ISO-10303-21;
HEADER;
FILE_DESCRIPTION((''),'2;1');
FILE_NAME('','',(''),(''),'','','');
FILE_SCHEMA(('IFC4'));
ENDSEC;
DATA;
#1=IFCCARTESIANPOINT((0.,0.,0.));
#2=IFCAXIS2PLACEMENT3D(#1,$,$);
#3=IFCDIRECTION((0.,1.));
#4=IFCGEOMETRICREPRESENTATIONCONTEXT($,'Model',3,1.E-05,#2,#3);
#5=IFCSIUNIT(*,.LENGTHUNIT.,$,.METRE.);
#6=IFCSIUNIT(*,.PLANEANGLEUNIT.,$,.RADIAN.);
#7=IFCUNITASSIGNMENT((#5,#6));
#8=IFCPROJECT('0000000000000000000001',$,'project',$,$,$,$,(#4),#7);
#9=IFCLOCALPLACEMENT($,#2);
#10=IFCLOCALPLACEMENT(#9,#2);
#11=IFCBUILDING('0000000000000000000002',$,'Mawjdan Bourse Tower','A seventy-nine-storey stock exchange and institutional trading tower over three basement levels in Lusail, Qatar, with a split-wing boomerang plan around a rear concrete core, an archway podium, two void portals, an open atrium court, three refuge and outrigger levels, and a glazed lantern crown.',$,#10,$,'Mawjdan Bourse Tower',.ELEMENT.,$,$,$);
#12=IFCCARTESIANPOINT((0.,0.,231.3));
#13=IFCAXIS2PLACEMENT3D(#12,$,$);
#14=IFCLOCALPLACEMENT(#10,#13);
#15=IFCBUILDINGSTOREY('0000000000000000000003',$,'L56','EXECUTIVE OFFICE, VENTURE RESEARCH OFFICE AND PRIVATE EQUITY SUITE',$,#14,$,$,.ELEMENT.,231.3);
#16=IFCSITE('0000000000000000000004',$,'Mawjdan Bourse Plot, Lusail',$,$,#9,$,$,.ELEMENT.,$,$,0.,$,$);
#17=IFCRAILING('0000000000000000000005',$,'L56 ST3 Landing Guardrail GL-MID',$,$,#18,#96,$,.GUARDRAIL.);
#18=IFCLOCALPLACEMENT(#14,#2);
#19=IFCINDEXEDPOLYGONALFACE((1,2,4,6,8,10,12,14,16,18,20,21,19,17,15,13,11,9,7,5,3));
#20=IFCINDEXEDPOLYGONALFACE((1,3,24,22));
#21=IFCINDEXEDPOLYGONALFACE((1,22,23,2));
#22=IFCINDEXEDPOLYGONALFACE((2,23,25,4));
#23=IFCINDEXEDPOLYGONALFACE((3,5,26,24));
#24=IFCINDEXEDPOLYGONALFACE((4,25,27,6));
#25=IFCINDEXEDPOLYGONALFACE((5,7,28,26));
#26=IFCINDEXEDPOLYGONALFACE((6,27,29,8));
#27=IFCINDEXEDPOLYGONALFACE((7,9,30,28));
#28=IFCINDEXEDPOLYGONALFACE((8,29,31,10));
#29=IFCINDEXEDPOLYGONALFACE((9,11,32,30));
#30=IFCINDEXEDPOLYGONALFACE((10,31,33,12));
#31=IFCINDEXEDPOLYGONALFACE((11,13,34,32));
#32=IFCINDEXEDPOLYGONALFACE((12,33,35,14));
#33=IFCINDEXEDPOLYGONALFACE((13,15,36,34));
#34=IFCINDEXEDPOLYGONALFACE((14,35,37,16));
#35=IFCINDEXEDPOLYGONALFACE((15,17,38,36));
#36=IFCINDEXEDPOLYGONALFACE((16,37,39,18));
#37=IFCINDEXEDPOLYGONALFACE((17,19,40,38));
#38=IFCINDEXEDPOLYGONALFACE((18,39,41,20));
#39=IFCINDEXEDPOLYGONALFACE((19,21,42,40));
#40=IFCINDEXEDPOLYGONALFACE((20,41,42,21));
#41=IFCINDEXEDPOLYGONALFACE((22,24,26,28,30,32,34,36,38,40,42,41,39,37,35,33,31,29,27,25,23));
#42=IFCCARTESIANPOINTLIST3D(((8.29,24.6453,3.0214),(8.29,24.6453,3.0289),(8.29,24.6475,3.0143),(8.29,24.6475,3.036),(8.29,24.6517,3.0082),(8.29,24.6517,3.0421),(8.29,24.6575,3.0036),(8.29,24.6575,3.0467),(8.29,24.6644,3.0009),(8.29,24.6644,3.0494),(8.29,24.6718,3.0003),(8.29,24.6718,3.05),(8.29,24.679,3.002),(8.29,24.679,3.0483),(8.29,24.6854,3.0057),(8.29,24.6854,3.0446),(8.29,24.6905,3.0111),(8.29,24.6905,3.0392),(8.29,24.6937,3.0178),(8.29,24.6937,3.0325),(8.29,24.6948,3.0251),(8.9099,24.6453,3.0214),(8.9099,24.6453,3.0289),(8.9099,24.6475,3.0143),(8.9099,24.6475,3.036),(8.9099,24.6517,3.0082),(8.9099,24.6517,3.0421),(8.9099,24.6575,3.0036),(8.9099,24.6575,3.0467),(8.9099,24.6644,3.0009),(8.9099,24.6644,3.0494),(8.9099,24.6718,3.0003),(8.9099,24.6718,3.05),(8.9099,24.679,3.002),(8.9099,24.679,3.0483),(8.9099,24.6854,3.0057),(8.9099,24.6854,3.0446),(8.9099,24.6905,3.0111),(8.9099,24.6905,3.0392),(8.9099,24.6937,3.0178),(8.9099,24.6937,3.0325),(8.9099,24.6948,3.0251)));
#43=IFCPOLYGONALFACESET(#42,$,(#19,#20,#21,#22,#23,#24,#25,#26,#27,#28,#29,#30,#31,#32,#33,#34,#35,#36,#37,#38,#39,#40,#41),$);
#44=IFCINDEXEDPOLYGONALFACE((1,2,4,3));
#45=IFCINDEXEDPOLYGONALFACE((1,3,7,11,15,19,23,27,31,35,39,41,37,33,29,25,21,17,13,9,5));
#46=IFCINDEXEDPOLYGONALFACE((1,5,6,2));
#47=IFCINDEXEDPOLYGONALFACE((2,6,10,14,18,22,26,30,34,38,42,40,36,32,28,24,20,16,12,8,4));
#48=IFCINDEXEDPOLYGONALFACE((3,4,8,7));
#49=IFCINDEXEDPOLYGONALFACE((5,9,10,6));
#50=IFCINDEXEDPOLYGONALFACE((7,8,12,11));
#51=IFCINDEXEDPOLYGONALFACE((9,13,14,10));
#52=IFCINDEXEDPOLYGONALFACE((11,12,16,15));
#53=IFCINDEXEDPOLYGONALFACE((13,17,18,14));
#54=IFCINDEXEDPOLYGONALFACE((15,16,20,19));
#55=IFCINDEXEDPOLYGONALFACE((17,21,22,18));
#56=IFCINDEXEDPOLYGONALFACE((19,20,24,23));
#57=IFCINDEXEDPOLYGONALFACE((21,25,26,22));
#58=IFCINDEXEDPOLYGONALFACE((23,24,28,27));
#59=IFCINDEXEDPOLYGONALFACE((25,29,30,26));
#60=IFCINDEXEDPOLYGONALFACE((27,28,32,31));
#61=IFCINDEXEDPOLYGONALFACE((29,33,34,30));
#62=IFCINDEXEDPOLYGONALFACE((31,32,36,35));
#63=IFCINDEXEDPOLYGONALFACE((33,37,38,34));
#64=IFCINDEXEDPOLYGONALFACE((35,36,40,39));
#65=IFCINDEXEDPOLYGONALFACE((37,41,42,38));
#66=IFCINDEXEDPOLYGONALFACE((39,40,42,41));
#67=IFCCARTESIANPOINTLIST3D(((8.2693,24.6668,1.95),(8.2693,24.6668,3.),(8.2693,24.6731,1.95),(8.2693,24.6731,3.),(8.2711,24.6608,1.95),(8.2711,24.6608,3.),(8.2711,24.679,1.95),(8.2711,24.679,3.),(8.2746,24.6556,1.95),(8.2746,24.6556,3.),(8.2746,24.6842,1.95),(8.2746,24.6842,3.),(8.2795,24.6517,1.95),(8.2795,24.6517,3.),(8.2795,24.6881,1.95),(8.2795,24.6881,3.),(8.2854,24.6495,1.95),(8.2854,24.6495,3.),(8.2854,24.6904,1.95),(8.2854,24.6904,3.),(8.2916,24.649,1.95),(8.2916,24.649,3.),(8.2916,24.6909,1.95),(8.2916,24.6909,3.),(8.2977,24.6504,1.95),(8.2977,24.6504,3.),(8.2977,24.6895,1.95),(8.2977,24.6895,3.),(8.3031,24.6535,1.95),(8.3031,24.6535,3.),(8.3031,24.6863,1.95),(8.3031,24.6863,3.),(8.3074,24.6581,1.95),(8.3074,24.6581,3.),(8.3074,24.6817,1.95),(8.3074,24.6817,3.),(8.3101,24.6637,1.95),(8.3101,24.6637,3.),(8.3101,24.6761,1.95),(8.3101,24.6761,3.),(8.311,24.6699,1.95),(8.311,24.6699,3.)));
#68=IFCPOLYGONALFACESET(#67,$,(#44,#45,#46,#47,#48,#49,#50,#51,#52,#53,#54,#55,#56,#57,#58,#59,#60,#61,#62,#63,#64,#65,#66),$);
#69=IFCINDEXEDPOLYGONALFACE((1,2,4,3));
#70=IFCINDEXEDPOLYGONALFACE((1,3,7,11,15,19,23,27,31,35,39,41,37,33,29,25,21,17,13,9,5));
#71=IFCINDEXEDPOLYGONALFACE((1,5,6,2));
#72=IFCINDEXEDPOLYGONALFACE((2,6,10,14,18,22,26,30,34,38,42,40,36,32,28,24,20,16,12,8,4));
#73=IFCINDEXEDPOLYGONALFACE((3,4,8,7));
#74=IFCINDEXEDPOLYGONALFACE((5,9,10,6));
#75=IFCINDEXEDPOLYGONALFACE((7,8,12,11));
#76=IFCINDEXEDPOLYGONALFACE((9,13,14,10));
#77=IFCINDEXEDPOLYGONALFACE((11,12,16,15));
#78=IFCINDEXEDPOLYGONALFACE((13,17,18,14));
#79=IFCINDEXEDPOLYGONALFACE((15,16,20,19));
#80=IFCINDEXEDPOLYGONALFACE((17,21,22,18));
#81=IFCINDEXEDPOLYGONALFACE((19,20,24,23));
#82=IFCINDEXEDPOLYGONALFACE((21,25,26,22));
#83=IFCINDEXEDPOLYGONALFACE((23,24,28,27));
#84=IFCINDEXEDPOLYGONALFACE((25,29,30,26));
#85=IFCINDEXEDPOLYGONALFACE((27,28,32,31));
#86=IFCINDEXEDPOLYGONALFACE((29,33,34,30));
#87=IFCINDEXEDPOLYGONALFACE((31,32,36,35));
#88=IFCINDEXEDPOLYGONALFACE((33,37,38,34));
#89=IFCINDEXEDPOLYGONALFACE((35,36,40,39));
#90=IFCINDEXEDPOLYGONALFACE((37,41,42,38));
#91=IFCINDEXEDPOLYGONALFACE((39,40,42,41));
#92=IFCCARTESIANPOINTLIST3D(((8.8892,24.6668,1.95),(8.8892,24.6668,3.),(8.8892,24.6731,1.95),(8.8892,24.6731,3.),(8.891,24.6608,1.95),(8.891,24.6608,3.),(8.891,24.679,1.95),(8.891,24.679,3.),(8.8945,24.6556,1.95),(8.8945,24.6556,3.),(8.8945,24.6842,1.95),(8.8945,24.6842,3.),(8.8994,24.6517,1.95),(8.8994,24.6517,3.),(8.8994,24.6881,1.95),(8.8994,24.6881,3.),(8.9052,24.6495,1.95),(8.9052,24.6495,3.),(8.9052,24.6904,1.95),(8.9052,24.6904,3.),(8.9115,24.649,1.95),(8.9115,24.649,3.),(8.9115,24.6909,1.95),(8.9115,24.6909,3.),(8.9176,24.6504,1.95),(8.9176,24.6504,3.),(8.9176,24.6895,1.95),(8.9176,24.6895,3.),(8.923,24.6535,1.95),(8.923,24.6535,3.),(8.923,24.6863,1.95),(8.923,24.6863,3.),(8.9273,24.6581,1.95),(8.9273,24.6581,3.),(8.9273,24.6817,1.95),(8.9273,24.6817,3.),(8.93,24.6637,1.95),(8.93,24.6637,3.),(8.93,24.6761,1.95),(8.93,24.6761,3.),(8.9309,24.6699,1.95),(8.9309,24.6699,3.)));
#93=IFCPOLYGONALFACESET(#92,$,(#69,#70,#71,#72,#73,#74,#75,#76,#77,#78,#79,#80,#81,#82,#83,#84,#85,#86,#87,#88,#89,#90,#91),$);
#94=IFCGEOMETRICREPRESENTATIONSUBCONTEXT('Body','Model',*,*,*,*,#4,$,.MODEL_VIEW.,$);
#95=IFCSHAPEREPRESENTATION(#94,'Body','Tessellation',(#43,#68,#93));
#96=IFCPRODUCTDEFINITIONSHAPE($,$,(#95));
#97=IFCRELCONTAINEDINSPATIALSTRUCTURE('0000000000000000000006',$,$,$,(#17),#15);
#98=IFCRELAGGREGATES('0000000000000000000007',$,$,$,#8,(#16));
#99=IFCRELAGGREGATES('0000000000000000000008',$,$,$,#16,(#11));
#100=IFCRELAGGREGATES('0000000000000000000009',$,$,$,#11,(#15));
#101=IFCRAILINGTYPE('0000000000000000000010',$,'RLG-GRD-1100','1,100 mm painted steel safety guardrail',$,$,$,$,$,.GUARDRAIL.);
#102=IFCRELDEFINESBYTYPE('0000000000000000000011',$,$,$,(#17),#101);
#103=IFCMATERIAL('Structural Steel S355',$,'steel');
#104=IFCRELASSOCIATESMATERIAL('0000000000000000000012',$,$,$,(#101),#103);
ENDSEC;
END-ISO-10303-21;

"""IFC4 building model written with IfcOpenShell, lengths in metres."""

from ifc_helpers import new_model, si_unit, direction, frame, origin, origin_2d, place, context, subcontext, project, spatial, circle, extrude, material, type_object, element, save


model = new_model("IFC4")

# Units and contexts
model_context = context("Model", 3, precision=1e-05, world=origin(), true_north=direction((0.0, 1.0)))
body_context = subcontext(model_context, "Body", "Model", "MODEL_VIEW")
ifc_project = project(units=[si_unit("LENGTHUNIT", "METRE"), si_unit("PLANEANGLEUNIT", "RADIAN")], contexts=[model_context])

# Site, building, storey
site_placement = place(None, origin())
site = spatial("IfcSite", under=ifc_project, at=site_placement, Name="Mawjdan Bourse Plot, Lusail", CompositionType="ELEMENT", RefElevation=0.0)
building_placement = place(site_placement, origin())
building = spatial("IfcBuilding", under=site, at=building_placement, Name="Mawjdan Bourse Tower", Description="A seventy-nine-storey stock exchange and institutional trading tower over three basement levels in Lusail, Qatar, with a split-wing boomerang plan around a rear concrete core, an archway podium, two void portals, an open atrium court, three refuge and outrigger levels, and a glazed lantern crown.", LongName="Mawjdan Bourse Tower", CompositionType="ELEMENT")
storey_placement = place(building_placement, frame((0.0, 0.0, 231.3)))
storey = spatial("IfcBuildingStorey", under=building, at=storey_placement, Name="L56", Description="EXECUTIVE OFFICE, VENTURE RESEARCH OFFICE AND PRIVATE EQUITY SUITE", CompositionType="ELEMENT", Elevation=231.3)

# Shared definitions
ifc_material_1 = material(Name="Structural Steel S355", Category="steel")

# Railing
railing_type_1 = type_object("IfcRailingType", Name="RLG-GRD-1100", Description="1,100 mm painted steel safety guardrail", PredefinedType="GUARDRAIL", material=ifc_material_1)
railing_1_placement = place(storey_placement, frame((8.29, 24.6699, 1.95)))
element("IfcRailing", 1, at=railing_1_placement, inside=storey, type_object=railing_type_1, Name="L56 ST3 Landing Guardrail GL-MID", PredefinedType="GUARDRAIL", context=body_context, shape_type="SweptSolid", body=[
    extrude(circle(Radius=0.0249, at=origin_2d()), frame((0.0, 0.0, 1.0752), z_axis=(1.0, 0.0, 0.0), x_axis=(0.0, 1.0, 0.0)), (0.0, 0.0, 1.0), 0.6199),
    extrude(circle(Radius=0.021, at=origin_2d()), origin(), (0.0, 0.0, 1.0), 1.05),
    extrude(circle(Radius=0.021, at=origin_2d()), frame((0.6199, 0.0, 0.0)), (0.0, 0.0, 1.0), 1.05),
])

save(model, "model.ifc")
